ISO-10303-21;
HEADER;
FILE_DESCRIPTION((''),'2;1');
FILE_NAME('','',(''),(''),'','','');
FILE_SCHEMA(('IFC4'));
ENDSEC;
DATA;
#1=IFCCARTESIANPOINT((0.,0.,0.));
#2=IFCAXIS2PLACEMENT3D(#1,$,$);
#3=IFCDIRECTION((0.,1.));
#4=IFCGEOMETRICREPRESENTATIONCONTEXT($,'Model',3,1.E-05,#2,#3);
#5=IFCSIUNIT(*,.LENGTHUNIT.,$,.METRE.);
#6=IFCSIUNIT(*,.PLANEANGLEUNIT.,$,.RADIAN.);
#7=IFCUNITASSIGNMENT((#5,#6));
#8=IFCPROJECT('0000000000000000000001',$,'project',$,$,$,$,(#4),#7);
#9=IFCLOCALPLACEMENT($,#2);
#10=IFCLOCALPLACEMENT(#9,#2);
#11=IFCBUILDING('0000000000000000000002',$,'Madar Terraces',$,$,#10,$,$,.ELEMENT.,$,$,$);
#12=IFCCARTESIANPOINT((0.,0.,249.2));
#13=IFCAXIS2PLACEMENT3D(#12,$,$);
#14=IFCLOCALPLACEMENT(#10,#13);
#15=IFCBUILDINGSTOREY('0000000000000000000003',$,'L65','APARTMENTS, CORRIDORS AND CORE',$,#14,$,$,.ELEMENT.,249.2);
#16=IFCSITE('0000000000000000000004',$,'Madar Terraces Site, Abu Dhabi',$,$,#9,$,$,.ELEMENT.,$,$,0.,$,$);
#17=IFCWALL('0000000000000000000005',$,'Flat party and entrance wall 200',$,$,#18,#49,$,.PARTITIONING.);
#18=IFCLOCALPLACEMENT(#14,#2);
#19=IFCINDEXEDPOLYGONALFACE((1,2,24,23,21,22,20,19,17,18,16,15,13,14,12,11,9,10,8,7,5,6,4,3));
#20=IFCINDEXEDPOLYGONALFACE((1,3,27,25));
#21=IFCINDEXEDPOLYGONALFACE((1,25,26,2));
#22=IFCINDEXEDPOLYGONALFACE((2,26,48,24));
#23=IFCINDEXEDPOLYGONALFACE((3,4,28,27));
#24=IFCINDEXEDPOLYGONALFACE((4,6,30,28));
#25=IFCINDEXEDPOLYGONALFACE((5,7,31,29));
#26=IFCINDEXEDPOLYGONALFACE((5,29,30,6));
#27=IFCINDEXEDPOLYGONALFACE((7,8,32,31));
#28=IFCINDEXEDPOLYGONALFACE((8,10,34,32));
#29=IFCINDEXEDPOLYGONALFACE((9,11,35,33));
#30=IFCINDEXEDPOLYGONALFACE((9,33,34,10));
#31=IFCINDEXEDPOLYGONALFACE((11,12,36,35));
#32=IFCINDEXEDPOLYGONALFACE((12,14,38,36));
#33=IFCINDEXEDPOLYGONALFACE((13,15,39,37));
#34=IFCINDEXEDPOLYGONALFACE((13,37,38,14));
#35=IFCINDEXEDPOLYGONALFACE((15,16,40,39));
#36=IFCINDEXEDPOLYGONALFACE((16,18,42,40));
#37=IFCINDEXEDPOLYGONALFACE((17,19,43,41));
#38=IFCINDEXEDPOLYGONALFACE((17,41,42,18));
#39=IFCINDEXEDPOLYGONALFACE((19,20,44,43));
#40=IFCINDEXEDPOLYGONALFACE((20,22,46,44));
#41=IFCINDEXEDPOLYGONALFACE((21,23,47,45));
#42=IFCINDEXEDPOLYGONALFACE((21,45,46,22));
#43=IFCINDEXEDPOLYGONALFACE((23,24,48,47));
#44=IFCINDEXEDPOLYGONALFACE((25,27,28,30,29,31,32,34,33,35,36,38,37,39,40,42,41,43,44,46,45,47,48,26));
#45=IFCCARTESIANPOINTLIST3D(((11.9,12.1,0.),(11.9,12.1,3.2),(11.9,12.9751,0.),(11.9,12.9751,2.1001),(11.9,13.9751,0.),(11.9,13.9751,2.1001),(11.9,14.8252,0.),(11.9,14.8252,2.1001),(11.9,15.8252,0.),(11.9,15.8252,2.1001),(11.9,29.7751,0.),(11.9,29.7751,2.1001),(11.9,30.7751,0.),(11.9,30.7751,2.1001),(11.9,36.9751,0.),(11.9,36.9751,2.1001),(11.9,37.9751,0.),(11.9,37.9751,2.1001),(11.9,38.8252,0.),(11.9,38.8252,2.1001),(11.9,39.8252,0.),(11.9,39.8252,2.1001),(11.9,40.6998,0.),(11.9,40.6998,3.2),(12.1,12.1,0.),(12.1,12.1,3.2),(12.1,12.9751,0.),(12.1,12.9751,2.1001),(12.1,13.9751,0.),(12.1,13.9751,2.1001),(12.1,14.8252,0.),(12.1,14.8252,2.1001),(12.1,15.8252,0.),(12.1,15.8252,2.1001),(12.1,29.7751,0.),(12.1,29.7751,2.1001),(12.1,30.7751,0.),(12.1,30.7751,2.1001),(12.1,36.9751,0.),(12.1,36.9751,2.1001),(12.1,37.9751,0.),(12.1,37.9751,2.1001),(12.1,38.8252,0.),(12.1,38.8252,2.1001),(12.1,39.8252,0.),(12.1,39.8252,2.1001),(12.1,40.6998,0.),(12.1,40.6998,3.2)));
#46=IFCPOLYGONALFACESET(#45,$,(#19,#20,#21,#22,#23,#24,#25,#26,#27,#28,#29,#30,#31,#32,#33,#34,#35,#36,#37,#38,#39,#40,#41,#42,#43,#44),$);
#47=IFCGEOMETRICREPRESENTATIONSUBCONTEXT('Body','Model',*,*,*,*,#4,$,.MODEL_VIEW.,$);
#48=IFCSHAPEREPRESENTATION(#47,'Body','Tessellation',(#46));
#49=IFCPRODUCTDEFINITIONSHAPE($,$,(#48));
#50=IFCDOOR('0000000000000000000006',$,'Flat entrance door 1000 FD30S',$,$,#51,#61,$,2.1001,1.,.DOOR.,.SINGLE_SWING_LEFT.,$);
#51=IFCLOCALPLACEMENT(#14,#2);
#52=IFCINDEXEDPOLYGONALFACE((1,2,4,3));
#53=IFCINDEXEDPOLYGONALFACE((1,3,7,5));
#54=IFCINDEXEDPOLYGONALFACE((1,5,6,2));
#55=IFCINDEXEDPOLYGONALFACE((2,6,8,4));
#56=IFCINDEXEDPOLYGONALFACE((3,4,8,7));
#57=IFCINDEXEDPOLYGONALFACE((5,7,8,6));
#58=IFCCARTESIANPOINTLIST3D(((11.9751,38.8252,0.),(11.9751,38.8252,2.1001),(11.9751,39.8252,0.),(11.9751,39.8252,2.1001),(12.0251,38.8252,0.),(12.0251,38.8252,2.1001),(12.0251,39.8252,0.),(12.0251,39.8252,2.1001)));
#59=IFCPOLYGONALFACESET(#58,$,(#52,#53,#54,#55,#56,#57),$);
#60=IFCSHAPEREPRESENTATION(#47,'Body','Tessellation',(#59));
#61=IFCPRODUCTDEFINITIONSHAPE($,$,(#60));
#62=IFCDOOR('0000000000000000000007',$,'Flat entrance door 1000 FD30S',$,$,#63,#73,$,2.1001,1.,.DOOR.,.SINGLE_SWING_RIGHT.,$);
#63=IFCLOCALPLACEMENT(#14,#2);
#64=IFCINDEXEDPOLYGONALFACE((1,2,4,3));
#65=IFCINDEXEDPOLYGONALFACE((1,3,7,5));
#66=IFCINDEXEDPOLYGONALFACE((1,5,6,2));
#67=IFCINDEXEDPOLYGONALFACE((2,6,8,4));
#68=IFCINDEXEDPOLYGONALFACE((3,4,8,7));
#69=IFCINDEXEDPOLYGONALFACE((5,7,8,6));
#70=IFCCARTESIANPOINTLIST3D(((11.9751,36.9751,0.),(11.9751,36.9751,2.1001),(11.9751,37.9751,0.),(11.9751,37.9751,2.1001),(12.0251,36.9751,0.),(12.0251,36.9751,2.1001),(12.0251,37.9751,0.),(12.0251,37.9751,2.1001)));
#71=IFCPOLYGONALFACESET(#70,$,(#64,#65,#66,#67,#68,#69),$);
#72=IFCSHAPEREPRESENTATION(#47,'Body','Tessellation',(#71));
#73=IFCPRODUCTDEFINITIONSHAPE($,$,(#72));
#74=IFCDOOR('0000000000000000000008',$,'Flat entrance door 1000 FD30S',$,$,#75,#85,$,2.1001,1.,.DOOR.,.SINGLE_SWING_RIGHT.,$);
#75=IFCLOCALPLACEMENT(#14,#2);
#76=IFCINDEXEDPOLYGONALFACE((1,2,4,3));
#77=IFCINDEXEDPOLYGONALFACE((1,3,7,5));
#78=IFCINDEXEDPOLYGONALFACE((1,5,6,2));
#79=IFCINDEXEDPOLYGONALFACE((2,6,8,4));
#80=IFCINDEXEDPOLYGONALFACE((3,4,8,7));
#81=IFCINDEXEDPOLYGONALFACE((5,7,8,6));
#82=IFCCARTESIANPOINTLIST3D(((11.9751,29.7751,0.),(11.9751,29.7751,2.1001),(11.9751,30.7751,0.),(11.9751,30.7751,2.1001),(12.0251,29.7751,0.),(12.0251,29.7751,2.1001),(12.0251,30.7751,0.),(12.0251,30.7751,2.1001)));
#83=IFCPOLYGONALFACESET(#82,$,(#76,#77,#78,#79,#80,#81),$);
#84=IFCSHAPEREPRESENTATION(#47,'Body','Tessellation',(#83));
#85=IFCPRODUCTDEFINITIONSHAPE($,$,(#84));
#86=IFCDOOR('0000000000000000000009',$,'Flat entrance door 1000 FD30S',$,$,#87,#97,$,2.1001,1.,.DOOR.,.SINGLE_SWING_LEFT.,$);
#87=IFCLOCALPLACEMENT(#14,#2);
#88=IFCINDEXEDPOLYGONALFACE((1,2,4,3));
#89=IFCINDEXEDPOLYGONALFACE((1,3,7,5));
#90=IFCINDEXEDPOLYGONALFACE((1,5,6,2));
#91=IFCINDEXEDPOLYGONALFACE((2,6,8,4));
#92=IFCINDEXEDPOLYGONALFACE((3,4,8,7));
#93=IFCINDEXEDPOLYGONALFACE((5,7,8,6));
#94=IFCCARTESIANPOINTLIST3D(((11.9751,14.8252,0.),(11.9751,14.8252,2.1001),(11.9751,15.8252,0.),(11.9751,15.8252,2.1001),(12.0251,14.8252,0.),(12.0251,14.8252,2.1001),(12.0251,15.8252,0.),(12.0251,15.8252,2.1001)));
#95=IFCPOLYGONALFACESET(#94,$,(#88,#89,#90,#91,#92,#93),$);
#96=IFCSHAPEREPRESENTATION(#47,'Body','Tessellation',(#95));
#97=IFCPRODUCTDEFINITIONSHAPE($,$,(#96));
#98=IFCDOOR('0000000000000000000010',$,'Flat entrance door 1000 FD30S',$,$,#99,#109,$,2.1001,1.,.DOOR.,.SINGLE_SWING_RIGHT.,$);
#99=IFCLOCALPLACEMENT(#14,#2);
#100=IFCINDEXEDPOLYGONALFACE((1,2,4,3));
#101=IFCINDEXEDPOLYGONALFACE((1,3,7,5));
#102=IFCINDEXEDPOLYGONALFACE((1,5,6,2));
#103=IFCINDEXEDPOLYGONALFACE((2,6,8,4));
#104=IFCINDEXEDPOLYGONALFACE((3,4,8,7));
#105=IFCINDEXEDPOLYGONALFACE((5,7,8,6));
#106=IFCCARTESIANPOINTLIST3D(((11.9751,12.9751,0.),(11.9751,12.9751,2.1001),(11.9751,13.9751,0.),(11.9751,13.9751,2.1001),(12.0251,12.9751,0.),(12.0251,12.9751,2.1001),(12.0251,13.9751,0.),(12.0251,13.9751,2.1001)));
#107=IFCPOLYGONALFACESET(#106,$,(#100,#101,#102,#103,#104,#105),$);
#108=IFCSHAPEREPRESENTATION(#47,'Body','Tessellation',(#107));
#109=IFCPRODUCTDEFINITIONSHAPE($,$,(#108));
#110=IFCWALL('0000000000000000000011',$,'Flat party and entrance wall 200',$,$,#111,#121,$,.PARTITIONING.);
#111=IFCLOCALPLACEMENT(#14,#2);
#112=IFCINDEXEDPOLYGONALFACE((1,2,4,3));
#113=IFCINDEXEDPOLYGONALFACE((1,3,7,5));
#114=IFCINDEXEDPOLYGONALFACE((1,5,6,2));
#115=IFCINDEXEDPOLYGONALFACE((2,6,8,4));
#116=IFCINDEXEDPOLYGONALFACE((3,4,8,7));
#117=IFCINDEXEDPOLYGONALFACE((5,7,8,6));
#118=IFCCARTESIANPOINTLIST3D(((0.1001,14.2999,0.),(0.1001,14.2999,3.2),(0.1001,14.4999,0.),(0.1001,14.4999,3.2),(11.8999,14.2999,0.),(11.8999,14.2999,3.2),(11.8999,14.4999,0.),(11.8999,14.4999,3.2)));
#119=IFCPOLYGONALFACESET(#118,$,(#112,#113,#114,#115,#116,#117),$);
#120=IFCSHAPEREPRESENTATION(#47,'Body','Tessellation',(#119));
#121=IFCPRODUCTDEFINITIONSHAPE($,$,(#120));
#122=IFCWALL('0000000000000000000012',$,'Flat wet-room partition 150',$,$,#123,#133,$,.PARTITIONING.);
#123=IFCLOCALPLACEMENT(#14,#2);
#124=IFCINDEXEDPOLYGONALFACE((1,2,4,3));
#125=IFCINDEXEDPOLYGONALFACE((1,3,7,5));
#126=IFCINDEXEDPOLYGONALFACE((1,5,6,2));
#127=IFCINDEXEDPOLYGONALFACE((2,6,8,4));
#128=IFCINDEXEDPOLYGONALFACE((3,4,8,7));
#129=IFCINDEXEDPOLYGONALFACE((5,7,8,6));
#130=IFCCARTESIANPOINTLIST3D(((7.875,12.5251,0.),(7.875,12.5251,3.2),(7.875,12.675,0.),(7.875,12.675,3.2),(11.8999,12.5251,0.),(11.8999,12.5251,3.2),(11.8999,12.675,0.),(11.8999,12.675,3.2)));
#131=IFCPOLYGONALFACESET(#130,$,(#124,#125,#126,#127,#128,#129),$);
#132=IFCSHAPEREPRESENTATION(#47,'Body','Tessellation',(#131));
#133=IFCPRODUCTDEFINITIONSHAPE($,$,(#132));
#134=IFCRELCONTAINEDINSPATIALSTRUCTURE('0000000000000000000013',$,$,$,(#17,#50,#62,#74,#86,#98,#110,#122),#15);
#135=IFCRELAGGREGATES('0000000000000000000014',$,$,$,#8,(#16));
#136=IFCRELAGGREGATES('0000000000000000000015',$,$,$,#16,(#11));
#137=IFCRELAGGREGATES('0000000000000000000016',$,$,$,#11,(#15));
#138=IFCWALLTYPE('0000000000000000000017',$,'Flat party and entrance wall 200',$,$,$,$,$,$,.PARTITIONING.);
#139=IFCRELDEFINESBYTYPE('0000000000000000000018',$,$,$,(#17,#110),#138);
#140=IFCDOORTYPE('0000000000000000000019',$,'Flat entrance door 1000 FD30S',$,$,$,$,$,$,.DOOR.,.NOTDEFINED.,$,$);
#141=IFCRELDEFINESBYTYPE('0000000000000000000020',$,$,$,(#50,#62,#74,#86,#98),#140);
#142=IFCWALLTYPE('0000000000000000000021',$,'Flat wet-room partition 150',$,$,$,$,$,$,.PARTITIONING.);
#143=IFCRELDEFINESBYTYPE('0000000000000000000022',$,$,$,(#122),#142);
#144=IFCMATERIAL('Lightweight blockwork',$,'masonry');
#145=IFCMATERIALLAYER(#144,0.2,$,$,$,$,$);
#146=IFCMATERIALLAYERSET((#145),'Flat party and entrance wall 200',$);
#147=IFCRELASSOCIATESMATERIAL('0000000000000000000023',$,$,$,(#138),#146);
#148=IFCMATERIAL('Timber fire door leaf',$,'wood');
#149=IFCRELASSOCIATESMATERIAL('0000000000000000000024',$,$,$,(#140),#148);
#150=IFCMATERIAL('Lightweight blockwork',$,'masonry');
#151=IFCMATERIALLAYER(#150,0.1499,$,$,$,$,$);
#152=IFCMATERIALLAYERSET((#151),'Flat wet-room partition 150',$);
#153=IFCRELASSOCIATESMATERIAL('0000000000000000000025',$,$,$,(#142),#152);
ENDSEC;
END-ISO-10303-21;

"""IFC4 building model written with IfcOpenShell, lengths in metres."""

from ifc_helpers import new_model, si_unit, direction, frame, frame_2d, origin, place, context, subcontext, project, spatial, rectangle, extrude, material, layer, layer_set, type_object, element, fill, save


model = new_model("IFC4")

# Units and contexts
model_context = context("Model", 3, precision=1e-05, world=origin(), true_north=direction((0.0, 1.0)))
body_context = subcontext(model_context, "Body", "Model", "MODEL_VIEW")
ifc_project = project(units=[si_unit("LENGTHUNIT", "METRE"), si_unit("PLANEANGLEUNIT", "RADIAN")], contexts=[model_context])

# Site, building, storey
site_placement = place(None, origin())
site = spatial("IfcSite", under=ifc_project, at=site_placement, Name="Madar Terraces Site, Abu Dhabi", CompositionType="ELEMENT", RefElevation=0.0)
building_placement = place(site_placement, origin())
building = spatial("IfcBuilding", under=site, at=building_placement, Name="Madar Terraces", CompositionType="ELEMENT")
storey_placement = place(building_placement, frame((0.0, 0.0, 249.2)))
storey = spatial("IfcBuildingStorey", under=building, at=storey_placement, Name="L65", Description="APARTMENTS, CORRIDORS AND CORE", CompositionType="ELEMENT", Elevation=249.2)

# Wall, openings, doors
ifc_material_1 = material(Name="Lightweight blockwork", Category="masonry")
ifc_layer_1 = layer(ifc_material_1, 0.2)
ifc_layer_set_1 = layer_set([ifc_layer_1], Name="Flat party and entrance wall 200")
wall_type_1 = type_object("IfcWallType", Name="Flat party and entrance wall 200", PredefinedType="PARTITIONING", material=ifc_layer_set_1)
wall_1_placement = place(storey_placement, frame((12.0, 12.1001, 0.0), z_axis=(0.0, 0.0, 1.0), x_axis=(0.0, 1.0, 0.0)))
wall_1 = element("IfcWall", 1, at=wall_1_placement, inside=storey, type_object=wall_type_1, Name="Flat party and entrance wall 200", PredefinedType="PARTITIONING", context=body_context, shape_type="SweptSolid", body=[
    extrude(rectangle(XDim=28.5999, YDim=0.2, at=frame_2d((14.2998, 0.0))), origin(), (0.0, 0.0, 1.0), 3.2),
])
opening_1_placement = place(wall_1_placement, frame((26.7251, 0.0, 0.0)))
opening_1 = element("IfcOpeningElement", 2, at=opening_1_placement, cuts=wall_1, PredefinedType="OPENING", context=body_context, shape_type="SweptSolid", body=[
    extrude(rectangle(XDim=1.0, YDim=2.1001, at=frame_2d((0.5, 1.05))), frame((0.0, 0.1099, 0.0), z_axis=(0.0, -1.0, 0.0), x_axis=(1.0, 0.0, 0.0)), (0.0, 0.0, 1.0), 0.22),
])
opening_2_placement = place(wall_1_placement, frame((24.875, 0.0, 0.0)))
opening_2 = element("IfcOpeningElement", 3, at=opening_2_placement, cuts=wall_1, PredefinedType="OPENING", context=body_context, shape_type="SweptSolid", body=[
    extrude(rectangle(XDim=1.0, YDim=2.1001, at=frame_2d((0.5, 1.05))), frame((0.0, 0.1099, 0.0), z_axis=(0.0, -1.0, 0.0), x_axis=(1.0, 0.0, 0.0)), (0.0, 0.0, 1.0), 0.22),
])
opening_3_placement = place(wall_1_placement, frame((17.675, 0.0, 0.0)))
opening_3 = element("IfcOpeningElement", 4, at=opening_3_placement, cuts=wall_1, PredefinedType="OPENING", context=body_context, shape_type="SweptSolid", body=[
    extrude(rectangle(XDim=1.0, YDim=2.1001, at=frame_2d((0.5, 1.05))), frame((0.0, 0.1099, 0.0), z_axis=(0.0, -1.0, 0.0), x_axis=(1.0, 0.0, 0.0)), (0.0, 0.0, 1.0), 0.22),
])
opening_4_placement = place(wall_1_placement, frame((2.7251, 0.0, 0.0)))
opening_4 = element("IfcOpeningElement", 5, at=opening_4_placement, cuts=wall_1, PredefinedType="OPENING", context=body_context, shape_type="SweptSolid", body=[
    extrude(rectangle(XDim=1.0, YDim=2.1001, at=frame_2d((0.5, 1.05))), frame((0.0, 0.1099, 0.0), z_axis=(0.0, -1.0, 0.0), x_axis=(1.0, 0.0, 0.0)), (0.0, 0.0, 1.0), 0.22),
])
opening_5_placement = place(wall_1_placement, frame((0.875, 0.0, 0.0)))
opening_5 = element("IfcOpeningElement", 6, at=opening_5_placement, cuts=wall_1, PredefinedType="OPENING", context=body_context, shape_type="SweptSolid", body=[
    extrude(rectangle(XDim=1.0, YDim=2.1001, at=frame_2d((0.5, 1.05))), frame((0.0, 0.1099, 0.0), z_axis=(0.0, -1.0, 0.0), x_axis=(1.0, 0.0, 0.0)), (0.0, 0.0, 1.0), 0.22),
])
ifc_material_2 = material(Name="Timber fire door leaf", Category="wood")
door_type_1 = type_object("IfcDoorType", Name="Flat entrance door 1000 FD30S", OperationType="NOTDEFINED", PredefinedType="DOOR", material=ifc_material_2)
door_1_placement = place(opening_1_placement, origin())
door_1 = element("IfcDoor", 7, at=door_1_placement, inside=storey, type_object=door_type_1, Name="Flat entrance door 1000 FD30S", OperationType="SINGLE_SWING_LEFT", OverallHeight=2.1001, OverallWidth=1.0, PredefinedType="DOOR", context=body_context, shape_type="SweptSolid", body=[
    extrude(rectangle(XDim=1.0, YDim=2.1001, at=frame_2d((0.5, 1.05))), frame((0.0, 0.0249, 0.0), z_axis=(0.0, -1.0, 0.0), x_axis=(1.0, 0.0, 0.0)), (0.0, 0.0, 1.0), 0.05),
])
fill(opening_1, door_1)
door_2_placement = place(opening_2_placement, origin())
door_2 = element("IfcDoor", 8, at=door_2_placement, inside=storey, type_object=door_type_1, Name="Flat entrance door 1000 FD30S", OperationType="SINGLE_SWING_RIGHT", OverallHeight=2.1001, OverallWidth=1.0, PredefinedType="DOOR", context=body_context, shape_type="SweptSolid", body=[
    extrude(rectangle(XDim=1.0, YDim=2.1001, at=frame_2d((0.5, 1.05))), frame((0.0, 0.0249, 0.0), z_axis=(0.0, -1.0, 0.0), x_axis=(1.0, 0.0, 0.0)), (0.0, 0.0, 1.0), 0.05),
])
fill(opening_2, door_2)
door_3_placement = place(opening_3_placement, origin())
door_3 = element("IfcDoor", 9, at=door_3_placement, inside=storey, type_object=door_type_1, Name="Flat entrance door 1000 FD30S", OperationType="SINGLE_SWING_RIGHT", OverallHeight=2.1001, OverallWidth=1.0, PredefinedType="DOOR", context=body_context, shape_type="SweptSolid", body=[
    extrude(rectangle(XDim=1.0, YDim=2.1001, at=frame_2d((0.5, 1.05))), frame((0.0, 0.0249, 0.0), z_axis=(0.0, -1.0, 0.0), x_axis=(1.0, 0.0, 0.0)), (0.0, 0.0, 1.0), 0.05),
])
fill(opening_3, door_3)
door_4_placement = place(opening_4_placement, origin())
door_4 = element("IfcDoor", 10, at=door_4_placement, inside=storey, type_object=door_type_1, Name="Flat entrance door 1000 FD30S", OperationType="SINGLE_SWING_LEFT", OverallHeight=2.1001, OverallWidth=1.0, PredefinedType="DOOR", context=body_context, shape_type="SweptSolid", body=[
    extrude(rectangle(XDim=1.0, YDim=2.1001, at=frame_2d((0.5, 1.05))), frame((0.0, 0.0249, 0.0), z_axis=(0.0, -1.0, 0.0), x_axis=(1.0, 0.0, 0.0)), (0.0, 0.0, 1.0), 0.05),
])
fill(opening_4, door_4)
door_5_placement = place(opening_5_placement, origin())
door_5 = element("IfcDoor", 11, at=door_5_placement, inside=storey, type_object=door_type_1, Name="Flat entrance door 1000 FD30S", OperationType="SINGLE_SWING_RIGHT", OverallHeight=2.1001, OverallWidth=1.0, PredefinedType="DOOR", context=body_context, shape_type="SweptSolid", body=[
    extrude(rectangle(XDim=1.0, YDim=2.1001, at=frame_2d((0.5, 1.05))), frame((0.0, 0.0249, 0.0), z_axis=(0.0, -1.0, 0.0), x_axis=(1.0, 0.0, 0.0)), (0.0, 0.0, 1.0), 0.05),
])
fill(opening_5, door_5)

# Walls
wall_2_placement = place(storey_placement, frame((0.1001, 14.3999, 0.0), z_axis=(0.0, 0.0, 1.0), x_axis=(1.0, 0.0, 0.0)))
element("IfcWall", 12, at=wall_2_placement, inside=storey, type_object=wall_type_1, Name="Flat party and entrance wall 200", PredefinedType="PARTITIONING", context=body_context, shape_type="SweptSolid", body=[
    extrude(rectangle(XDim=11.7998, YDim=0.2, at=frame_2d((5.8999, 0.0))), origin(), (0.0, 0.0, 1.0), 3.2),
])
ifc_material_3 = material(Name="Lightweight blockwork", Category="masonry")
ifc_layer_2 = layer(ifc_material_3, 0.1499)
ifc_layer_set_2 = layer_set([ifc_layer_2], Name="Flat wet-room partition 150")
wall_type_2 = type_object("IfcWallType", Name="Flat wet-room partition 150", PredefinedType="PARTITIONING", material=ifc_layer_set_2)
wall_3_placement = place(storey_placement, frame((11.8999, 12.6001, 0.0), z_axis=(0.0, 0.0, 1.0), x_axis=(-1.0, 0.0, 0.0)))
element("IfcWall", 13, at=wall_3_placement, inside=storey, type_object=wall_type_2, Name="Flat wet-room partition 150", PredefinedType="PARTITIONING", context=body_context, shape_type="SweptSolid", body=[
    extrude(rectangle(XDim=4.0249, YDim=0.1499, at=frame_2d((2.0125, 0.0))), origin(), (0.0, 0.0, 1.0), 3.2),
])

save(model, "model.ifc")
